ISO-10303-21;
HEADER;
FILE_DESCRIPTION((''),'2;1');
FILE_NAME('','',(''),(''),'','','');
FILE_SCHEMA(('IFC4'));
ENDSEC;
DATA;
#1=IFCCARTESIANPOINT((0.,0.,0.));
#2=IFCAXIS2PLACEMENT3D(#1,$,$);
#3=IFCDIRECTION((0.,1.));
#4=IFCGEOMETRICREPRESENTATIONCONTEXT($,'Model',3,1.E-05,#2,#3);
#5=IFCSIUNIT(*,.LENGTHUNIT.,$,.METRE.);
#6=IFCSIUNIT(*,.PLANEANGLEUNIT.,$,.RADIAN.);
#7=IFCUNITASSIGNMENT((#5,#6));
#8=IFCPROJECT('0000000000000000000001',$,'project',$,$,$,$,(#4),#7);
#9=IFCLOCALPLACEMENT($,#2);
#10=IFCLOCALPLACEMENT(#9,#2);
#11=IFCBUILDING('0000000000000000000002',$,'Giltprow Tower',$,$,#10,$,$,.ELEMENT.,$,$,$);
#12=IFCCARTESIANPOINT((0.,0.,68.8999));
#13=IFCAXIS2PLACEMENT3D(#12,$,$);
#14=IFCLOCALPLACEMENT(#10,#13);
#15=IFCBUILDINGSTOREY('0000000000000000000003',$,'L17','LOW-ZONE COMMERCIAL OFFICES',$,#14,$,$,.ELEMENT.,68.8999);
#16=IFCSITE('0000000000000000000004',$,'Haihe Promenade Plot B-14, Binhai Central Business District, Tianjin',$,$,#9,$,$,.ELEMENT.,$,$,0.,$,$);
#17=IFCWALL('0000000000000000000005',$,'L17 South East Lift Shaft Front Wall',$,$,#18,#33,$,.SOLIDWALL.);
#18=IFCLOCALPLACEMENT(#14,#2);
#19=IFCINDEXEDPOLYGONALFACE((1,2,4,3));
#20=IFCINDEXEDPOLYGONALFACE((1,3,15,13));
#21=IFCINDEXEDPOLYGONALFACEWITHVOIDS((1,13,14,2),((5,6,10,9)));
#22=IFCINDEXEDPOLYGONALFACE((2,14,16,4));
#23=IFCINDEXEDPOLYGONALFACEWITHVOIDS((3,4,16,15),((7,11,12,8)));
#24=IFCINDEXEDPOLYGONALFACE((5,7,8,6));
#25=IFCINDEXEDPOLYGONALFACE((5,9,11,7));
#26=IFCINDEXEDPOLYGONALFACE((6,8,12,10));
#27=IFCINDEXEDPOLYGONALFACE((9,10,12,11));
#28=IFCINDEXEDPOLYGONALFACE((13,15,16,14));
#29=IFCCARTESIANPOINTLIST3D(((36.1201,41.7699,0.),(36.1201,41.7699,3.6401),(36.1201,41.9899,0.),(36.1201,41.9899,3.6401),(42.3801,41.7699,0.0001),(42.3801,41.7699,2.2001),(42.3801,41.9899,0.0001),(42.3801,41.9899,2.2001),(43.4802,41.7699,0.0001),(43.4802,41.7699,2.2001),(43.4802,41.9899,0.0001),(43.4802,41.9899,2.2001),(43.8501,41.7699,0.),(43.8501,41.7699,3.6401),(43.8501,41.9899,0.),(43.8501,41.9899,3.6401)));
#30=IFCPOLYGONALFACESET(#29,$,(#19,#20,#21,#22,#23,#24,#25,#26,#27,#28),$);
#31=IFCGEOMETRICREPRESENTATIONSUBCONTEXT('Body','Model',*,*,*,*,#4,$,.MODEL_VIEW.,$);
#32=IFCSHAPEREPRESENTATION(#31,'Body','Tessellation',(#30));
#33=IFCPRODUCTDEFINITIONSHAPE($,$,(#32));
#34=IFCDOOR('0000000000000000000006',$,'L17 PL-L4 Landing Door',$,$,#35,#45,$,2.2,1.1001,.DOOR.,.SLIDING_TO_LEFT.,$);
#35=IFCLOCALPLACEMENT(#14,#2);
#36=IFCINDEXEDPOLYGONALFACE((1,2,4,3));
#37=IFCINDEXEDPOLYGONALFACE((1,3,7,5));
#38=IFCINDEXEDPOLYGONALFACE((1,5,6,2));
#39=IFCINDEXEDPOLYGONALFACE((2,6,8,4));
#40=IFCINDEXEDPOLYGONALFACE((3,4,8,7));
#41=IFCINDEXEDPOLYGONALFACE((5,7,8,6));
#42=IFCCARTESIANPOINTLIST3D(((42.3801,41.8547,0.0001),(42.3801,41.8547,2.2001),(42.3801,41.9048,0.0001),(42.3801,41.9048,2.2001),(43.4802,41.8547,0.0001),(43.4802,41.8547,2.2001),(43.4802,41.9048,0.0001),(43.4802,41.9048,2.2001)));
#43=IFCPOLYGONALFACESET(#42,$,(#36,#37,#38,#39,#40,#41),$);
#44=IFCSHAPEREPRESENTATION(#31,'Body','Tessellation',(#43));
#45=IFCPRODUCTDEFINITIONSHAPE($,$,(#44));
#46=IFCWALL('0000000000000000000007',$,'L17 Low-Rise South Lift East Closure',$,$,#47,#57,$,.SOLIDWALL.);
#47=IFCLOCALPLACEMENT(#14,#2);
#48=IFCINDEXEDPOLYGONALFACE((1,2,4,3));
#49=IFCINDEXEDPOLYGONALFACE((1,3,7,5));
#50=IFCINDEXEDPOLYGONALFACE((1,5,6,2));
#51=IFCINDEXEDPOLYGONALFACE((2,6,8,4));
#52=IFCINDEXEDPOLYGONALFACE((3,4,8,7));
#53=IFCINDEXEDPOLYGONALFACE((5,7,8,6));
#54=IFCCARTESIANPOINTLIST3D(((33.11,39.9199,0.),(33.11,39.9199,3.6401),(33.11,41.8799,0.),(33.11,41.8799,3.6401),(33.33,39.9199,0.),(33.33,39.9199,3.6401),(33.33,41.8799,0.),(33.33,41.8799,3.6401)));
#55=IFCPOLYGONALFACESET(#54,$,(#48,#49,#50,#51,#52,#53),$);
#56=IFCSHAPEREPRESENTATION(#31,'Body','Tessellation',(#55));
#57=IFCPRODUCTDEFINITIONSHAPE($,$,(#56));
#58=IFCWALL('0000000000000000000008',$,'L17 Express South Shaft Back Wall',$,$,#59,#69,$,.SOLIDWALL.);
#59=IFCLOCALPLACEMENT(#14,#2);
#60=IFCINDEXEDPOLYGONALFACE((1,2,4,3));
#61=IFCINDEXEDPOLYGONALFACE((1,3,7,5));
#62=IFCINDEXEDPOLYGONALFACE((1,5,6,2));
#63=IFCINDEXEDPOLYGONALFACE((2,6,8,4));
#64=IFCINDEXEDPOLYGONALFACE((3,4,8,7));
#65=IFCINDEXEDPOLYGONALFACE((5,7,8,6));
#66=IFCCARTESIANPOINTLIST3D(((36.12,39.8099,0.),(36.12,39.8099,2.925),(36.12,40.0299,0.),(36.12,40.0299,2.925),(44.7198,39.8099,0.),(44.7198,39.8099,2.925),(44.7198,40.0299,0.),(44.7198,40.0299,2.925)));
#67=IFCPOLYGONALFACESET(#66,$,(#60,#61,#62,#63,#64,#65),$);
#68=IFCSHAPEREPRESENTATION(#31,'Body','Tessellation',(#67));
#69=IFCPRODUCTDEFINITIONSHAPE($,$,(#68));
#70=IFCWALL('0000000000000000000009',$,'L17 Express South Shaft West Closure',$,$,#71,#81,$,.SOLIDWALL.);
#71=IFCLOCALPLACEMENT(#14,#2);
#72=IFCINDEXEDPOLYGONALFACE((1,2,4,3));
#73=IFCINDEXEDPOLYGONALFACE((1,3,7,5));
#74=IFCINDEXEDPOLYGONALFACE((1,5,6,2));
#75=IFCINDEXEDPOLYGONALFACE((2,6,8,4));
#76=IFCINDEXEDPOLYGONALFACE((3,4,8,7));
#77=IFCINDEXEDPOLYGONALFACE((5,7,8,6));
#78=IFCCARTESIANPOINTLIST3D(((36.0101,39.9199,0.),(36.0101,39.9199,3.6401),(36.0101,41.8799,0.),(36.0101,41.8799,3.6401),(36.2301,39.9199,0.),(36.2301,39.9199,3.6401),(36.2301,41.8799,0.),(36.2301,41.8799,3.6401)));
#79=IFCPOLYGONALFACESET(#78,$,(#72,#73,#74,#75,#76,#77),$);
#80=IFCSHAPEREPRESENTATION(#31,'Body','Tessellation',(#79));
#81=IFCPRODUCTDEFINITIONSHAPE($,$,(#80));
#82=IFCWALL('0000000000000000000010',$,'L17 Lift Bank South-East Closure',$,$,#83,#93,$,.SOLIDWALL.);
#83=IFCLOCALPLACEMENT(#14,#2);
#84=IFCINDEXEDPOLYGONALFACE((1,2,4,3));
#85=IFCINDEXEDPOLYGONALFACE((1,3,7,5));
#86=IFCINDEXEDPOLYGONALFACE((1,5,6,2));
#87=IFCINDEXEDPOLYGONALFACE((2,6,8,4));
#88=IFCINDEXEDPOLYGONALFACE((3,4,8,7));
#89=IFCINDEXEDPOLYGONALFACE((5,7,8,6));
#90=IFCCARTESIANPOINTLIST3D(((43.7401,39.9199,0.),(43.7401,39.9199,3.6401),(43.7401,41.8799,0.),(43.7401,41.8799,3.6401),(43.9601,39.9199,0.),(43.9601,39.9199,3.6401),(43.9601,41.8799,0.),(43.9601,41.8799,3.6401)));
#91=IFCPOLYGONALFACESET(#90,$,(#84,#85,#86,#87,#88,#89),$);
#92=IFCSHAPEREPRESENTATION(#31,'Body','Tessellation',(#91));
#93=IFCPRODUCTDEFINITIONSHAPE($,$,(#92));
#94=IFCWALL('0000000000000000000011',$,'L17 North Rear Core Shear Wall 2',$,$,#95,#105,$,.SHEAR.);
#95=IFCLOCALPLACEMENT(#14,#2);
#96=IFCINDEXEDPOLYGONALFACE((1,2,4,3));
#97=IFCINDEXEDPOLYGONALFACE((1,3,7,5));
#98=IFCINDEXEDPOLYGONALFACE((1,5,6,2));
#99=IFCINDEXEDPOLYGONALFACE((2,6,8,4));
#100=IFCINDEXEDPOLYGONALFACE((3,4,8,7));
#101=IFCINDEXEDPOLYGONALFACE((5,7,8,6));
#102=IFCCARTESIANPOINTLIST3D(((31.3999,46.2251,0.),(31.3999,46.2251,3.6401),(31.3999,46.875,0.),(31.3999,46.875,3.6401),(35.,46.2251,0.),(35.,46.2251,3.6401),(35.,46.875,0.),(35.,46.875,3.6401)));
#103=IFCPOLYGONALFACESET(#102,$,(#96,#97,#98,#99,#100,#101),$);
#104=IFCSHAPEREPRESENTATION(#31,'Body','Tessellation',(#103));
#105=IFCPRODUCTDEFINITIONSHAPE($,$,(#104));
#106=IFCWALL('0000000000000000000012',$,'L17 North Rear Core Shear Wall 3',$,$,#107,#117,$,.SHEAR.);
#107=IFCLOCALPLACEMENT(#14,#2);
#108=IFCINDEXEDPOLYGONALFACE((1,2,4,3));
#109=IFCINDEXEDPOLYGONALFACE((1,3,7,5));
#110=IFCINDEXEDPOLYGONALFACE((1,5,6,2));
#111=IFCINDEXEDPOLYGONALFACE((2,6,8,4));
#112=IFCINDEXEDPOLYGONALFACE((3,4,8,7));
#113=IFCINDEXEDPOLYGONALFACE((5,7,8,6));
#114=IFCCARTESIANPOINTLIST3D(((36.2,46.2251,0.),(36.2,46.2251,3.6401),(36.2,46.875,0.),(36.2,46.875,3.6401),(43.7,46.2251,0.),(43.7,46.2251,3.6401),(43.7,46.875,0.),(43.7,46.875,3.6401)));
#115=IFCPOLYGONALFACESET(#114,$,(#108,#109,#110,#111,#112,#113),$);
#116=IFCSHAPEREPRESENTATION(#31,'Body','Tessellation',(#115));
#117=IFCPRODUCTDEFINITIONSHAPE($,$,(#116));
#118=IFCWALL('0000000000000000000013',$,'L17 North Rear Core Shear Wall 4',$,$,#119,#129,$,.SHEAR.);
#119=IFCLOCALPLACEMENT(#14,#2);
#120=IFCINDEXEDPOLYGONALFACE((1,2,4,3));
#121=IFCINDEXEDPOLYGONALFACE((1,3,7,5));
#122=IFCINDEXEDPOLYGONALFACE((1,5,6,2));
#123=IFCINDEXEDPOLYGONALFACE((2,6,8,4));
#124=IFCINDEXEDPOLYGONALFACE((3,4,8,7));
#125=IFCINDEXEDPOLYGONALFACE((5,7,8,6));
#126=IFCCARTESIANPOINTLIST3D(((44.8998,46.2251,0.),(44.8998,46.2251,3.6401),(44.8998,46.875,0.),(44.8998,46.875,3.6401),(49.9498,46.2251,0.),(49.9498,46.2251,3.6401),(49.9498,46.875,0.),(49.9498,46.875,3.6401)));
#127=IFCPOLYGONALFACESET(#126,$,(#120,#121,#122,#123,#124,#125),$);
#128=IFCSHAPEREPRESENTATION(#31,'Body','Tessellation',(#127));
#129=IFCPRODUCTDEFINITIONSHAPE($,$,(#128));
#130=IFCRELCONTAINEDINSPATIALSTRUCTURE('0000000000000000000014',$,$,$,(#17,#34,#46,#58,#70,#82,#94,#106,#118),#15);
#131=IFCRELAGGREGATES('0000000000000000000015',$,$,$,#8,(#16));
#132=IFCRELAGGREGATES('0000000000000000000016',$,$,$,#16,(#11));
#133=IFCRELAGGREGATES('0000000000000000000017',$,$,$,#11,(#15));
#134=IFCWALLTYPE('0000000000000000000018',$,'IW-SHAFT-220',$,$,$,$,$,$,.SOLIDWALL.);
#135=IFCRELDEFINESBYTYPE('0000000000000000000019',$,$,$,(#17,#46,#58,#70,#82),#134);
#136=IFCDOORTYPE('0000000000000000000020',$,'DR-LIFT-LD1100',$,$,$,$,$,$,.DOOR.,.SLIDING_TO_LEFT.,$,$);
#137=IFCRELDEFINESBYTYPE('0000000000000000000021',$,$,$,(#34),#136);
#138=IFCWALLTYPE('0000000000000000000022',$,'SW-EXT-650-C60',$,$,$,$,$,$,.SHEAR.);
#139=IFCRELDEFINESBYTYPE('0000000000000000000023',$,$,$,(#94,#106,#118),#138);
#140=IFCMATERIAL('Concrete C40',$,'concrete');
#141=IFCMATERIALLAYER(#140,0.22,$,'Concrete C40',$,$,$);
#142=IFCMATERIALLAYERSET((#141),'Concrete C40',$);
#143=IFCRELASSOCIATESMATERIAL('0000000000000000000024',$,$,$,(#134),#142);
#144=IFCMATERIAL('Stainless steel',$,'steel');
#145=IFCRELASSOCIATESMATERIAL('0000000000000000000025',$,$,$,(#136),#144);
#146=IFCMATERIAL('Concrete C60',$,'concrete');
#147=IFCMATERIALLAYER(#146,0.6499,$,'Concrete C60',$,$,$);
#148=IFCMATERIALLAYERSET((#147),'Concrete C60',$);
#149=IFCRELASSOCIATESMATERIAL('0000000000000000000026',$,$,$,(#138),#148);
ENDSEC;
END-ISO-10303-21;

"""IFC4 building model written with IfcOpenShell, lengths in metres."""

from ifc_helpers import new_model, si_unit, direction, frame, frame_2d, origin, place, context, subcontext, project, spatial, rectangle, extrude, source, transform, mapped, material, layer, layer_set, type_object, element, fill, save


model = new_model("IFC4")

# Units and contexts
model_context = context("Model", 3, precision=1e-05, world=origin(), true_north=direction((0.0, 1.0)))
body_context = subcontext(model_context, "Body", "Model", "MODEL_VIEW")
ifc_project = project(units=[si_unit("LENGTHUNIT", "METRE"), si_unit("PLANEANGLEUNIT", "RADIAN")], contexts=[model_context])

# Site, building, storey
site_placement = place(None, origin())
site = spatial("IfcSite", under=ifc_project, at=site_placement, Name="Haihe Promenade Plot B-14, Binhai Central Business District, Tianjin", CompositionType="ELEMENT", RefElevation=0.0)
building_placement = place(site_placement, origin())
building = spatial("IfcBuilding", under=site, at=building_placement, Name="Giltprow Tower", CompositionType="ELEMENT")
storey_placement = place(building_placement, frame((0.0, 0.0, 68.8999)))
storey = spatial("IfcBuildingStorey", under=building, at=storey_placement, Name="L17", Description="LOW-ZONE COMMERCIAL OFFICES", CompositionType="ELEMENT", Elevation=68.8999)

# Shared definitions
ifc_material_1 = material(Name="Concrete C60", Category="concrete")

# Shared definitions
ifc_material_2 = material(Name="Concrete C40", Category="concrete")
ifc_layer_1 = layer(ifc_material_2, 0.22, Name="Concrete C40")
ifc_layer_set_1 = layer_set([ifc_layer_1], Name="Concrete C40")
wall_type_1 = type_object("IfcWallType", Name="IW-SHAFT-220", PredefinedType="SOLIDWALL", material=ifc_layer_set_1)
ifc_material_3 = material(Name="Stainless steel", Category="steel")
door_type = type_object("IfcDoorType", Name="DR-LIFT-LD1100", OperationType="SLIDING_TO_LEFT", PredefinedType="DOOR", material=ifc_material_3)
shared_shape_1 = source(origin(), body_context, "Body", "SweptSolid", [
    extrude(rectangle(XDim=1.1001, YDim=2.2, at=frame_2d((0.55, 1.1001))), frame((0.0, 0.0249, 0.0), z_axis=(0.0, -1.0, 0.0), x_axis=(1.0, 0.0, 0.0)), (0.0, 0.0, 1.0), 0.05),
])

# Wall, opening, door
wall_1_placement = place(storey_placement, frame((36.1201, 41.8799, 0.0), z_axis=(0.0, 0.0, 1.0), x_axis=(1.0, 0.0, 0.0)))
wall_1 = element("IfcWall", 1, at=wall_1_placement, inside=storey, type_object=wall_type_1, Name="L17 South East Lift Shaft Front Wall", PredefinedType="SOLIDWALL", context=body_context, shape_type="SweptSolid", body=[
    extrude(rectangle(XDim=7.73, YDim=0.22, at=frame_2d((3.865, 0.0))), origin(), (0.0, 0.0, 1.0), 3.6401),
])
opening_1_placement = place(wall_1_placement, frame((6.26, 0.0, 0.0)))
opening_1 = element("IfcOpeningElement", 2, at=opening_1_placement, cuts=wall_1, PredefinedType="OPENING", context=body_context, shape_type="SweptSolid", body=[
    extrude(rectangle(XDim=1.1001, YDim=2.2, at=frame_2d((0.55, 1.1001))), frame((0.0, 0.1199, 0.0), z_axis=(0.0, -1.0, 0.0), x_axis=(1.0, 0.0, 0.0)), (0.0, 0.0, 1.0), 0.24),
])
door_1_placement = place(opening_1_placement, origin())
door_1 = element("IfcDoor", 3, at=door_1_placement, inside=storey, type_object=door_type, Name="L17 PL-L4 Landing Door", OperationType="SLIDING_TO_LEFT", OverallHeight=2.2, OverallWidth=1.1001, PredefinedType="DOOR", context=body_context, shape_type="MappedRepresentation", body=[
    mapped(shared_shape_1, transform((0.0, 0.0, 0.0), x_axis=(1.0, 0.0, 0.0), y_axis=(0.0, 1.0, 0.0), z_axis=(0.0, 0.0, 1.0), scale=1.0)),
])
fill(opening_1, door_1)

# Walls
wall_2_placement = place(storey_placement, frame((33.22, 39.9199, 0.0), z_axis=(0.0, 0.0, 1.0), x_axis=(0.0, 1.0, 0.0)))
element("IfcWall", 4, at=wall_2_placement, inside=storey, type_object=wall_type_1, Name="L17 Low-Rise South Lift East Closure", PredefinedType="SOLIDWALL", context=body_context, shape_type="SweptSolid", body=[
    extrude(rectangle(XDim=1.96, YDim=0.22, at=frame_2d((0.98, 0.0))), origin(), (0.0, 0.0, 1.0), 3.6401),
])
wall_3_placement = place(storey_placement, frame((36.1201, 39.9199, 0.0), z_axis=(0.0, 0.0, 1.0), x_axis=(1.0, 0.0, 0.0)))
element("IfcWall", 5, at=wall_3_placement, inside=storey, type_object=wall_type_1, Name="L17 Express South Shaft Back Wall", PredefinedType="SOLIDWALL", context=body_context, shape_type="SweptSolid", body=[
    extrude(rectangle(XDim=8.5999, YDim=0.22, at=frame_2d((4.2998, 0.0))), origin(), (0.0, 0.0, 1.0), 2.925),
])
for number, where, z_axis, x_axis, name in (
    (6, (36.1201, 39.9199, 0.0), (0.0, 0.0, 1.0), (0.0, 1.0, 0.0), "L17 Express South Shaft West Closure"),
    (7, (43.8501, 39.9199, 0.0), (0.0, 0.0, 1.0), (0.0, 1.0, 0.0), "L17 Lift Bank South-East Closure"),
):
    element("IfcWall", number, at=place(storey_placement, frame(where, z_axis=z_axis, x_axis=x_axis)), inside=storey, type_object=wall_type_1, Name=name, PredefinedType="SOLIDWALL", context=body_context, shape_type="SweptSolid", body=[
        extrude(rectangle(XDim=1.96, YDim=0.22, at=frame_2d((0.98, 0.0))), origin(), (0.0, 0.0, 1.0), 3.6401),
    ])
ifc_layer_2 = layer(ifc_material_1, 0.6499, Name="Concrete C60")
ifc_layer_set_2 = layer_set([ifc_layer_2], Name="Concrete C60")
wall_type_2 = type_object("IfcWallType", Name="SW-EXT-650-C60", PredefinedType="SHEAR", material=ifc_layer_set_2)
wall_4_placement = place(storey_placement, frame((31.3999, 46.55, 0.0), z_axis=(0.0, 0.0, 1.0), x_axis=(1.0, 0.0, 0.0)))
element("IfcWall", 8, at=wall_4_placement, inside=storey, type_object=wall_type_2, Name="L17 North Rear Core Shear Wall 2", PredefinedType="SHEAR", context=body_context, shape_type="SweptSolid", body=[
    extrude(rectangle(XDim=3.6001, YDim=0.6499, at=frame_2d((1.8, 0.0))), origin(), (0.0, 0.0, 1.0), 3.6401),
])
wall_5_placement = place(storey_placement, frame((36.2, 46.55, 0.0), z_axis=(0.0, 0.0, 1.0), x_axis=(1.0, 0.0, 0.0)))
element("IfcWall", 9, at=wall_5_placement, inside=storey, type_object=wall_type_2, Name="L17 North Rear Core Shear Wall 3", PredefinedType="SHEAR", context=body_context, shape_type="SweptSolid", body=[
    extrude(rectangle(XDim=7.5, YDim=0.6499, at=frame_2d((3.75, 0.0))), origin(), (0.0, 0.0, 1.0), 3.6401),
])
wall_6_placement = place(storey_placement, frame((44.8999, 46.55, 0.0), z_axis=(0.0, 0.0, 1.0), x_axis=(1.0, 0.0, 0.0)))
element("IfcWall", 10, at=wall_6_placement, inside=storey, type_object=wall_type_2, Name="L17 North Rear Core Shear Wall 4", PredefinedType="SHEAR", context=body_context, shape_type="SweptSolid", body=[
    extrude(rectangle(XDim=5.05, YDim=0.6499, at=frame_2d((2.5249, 0.0))), origin(), (0.0, 0.0, 1.0), 3.6401),
])

save(model, "model.ifc")
